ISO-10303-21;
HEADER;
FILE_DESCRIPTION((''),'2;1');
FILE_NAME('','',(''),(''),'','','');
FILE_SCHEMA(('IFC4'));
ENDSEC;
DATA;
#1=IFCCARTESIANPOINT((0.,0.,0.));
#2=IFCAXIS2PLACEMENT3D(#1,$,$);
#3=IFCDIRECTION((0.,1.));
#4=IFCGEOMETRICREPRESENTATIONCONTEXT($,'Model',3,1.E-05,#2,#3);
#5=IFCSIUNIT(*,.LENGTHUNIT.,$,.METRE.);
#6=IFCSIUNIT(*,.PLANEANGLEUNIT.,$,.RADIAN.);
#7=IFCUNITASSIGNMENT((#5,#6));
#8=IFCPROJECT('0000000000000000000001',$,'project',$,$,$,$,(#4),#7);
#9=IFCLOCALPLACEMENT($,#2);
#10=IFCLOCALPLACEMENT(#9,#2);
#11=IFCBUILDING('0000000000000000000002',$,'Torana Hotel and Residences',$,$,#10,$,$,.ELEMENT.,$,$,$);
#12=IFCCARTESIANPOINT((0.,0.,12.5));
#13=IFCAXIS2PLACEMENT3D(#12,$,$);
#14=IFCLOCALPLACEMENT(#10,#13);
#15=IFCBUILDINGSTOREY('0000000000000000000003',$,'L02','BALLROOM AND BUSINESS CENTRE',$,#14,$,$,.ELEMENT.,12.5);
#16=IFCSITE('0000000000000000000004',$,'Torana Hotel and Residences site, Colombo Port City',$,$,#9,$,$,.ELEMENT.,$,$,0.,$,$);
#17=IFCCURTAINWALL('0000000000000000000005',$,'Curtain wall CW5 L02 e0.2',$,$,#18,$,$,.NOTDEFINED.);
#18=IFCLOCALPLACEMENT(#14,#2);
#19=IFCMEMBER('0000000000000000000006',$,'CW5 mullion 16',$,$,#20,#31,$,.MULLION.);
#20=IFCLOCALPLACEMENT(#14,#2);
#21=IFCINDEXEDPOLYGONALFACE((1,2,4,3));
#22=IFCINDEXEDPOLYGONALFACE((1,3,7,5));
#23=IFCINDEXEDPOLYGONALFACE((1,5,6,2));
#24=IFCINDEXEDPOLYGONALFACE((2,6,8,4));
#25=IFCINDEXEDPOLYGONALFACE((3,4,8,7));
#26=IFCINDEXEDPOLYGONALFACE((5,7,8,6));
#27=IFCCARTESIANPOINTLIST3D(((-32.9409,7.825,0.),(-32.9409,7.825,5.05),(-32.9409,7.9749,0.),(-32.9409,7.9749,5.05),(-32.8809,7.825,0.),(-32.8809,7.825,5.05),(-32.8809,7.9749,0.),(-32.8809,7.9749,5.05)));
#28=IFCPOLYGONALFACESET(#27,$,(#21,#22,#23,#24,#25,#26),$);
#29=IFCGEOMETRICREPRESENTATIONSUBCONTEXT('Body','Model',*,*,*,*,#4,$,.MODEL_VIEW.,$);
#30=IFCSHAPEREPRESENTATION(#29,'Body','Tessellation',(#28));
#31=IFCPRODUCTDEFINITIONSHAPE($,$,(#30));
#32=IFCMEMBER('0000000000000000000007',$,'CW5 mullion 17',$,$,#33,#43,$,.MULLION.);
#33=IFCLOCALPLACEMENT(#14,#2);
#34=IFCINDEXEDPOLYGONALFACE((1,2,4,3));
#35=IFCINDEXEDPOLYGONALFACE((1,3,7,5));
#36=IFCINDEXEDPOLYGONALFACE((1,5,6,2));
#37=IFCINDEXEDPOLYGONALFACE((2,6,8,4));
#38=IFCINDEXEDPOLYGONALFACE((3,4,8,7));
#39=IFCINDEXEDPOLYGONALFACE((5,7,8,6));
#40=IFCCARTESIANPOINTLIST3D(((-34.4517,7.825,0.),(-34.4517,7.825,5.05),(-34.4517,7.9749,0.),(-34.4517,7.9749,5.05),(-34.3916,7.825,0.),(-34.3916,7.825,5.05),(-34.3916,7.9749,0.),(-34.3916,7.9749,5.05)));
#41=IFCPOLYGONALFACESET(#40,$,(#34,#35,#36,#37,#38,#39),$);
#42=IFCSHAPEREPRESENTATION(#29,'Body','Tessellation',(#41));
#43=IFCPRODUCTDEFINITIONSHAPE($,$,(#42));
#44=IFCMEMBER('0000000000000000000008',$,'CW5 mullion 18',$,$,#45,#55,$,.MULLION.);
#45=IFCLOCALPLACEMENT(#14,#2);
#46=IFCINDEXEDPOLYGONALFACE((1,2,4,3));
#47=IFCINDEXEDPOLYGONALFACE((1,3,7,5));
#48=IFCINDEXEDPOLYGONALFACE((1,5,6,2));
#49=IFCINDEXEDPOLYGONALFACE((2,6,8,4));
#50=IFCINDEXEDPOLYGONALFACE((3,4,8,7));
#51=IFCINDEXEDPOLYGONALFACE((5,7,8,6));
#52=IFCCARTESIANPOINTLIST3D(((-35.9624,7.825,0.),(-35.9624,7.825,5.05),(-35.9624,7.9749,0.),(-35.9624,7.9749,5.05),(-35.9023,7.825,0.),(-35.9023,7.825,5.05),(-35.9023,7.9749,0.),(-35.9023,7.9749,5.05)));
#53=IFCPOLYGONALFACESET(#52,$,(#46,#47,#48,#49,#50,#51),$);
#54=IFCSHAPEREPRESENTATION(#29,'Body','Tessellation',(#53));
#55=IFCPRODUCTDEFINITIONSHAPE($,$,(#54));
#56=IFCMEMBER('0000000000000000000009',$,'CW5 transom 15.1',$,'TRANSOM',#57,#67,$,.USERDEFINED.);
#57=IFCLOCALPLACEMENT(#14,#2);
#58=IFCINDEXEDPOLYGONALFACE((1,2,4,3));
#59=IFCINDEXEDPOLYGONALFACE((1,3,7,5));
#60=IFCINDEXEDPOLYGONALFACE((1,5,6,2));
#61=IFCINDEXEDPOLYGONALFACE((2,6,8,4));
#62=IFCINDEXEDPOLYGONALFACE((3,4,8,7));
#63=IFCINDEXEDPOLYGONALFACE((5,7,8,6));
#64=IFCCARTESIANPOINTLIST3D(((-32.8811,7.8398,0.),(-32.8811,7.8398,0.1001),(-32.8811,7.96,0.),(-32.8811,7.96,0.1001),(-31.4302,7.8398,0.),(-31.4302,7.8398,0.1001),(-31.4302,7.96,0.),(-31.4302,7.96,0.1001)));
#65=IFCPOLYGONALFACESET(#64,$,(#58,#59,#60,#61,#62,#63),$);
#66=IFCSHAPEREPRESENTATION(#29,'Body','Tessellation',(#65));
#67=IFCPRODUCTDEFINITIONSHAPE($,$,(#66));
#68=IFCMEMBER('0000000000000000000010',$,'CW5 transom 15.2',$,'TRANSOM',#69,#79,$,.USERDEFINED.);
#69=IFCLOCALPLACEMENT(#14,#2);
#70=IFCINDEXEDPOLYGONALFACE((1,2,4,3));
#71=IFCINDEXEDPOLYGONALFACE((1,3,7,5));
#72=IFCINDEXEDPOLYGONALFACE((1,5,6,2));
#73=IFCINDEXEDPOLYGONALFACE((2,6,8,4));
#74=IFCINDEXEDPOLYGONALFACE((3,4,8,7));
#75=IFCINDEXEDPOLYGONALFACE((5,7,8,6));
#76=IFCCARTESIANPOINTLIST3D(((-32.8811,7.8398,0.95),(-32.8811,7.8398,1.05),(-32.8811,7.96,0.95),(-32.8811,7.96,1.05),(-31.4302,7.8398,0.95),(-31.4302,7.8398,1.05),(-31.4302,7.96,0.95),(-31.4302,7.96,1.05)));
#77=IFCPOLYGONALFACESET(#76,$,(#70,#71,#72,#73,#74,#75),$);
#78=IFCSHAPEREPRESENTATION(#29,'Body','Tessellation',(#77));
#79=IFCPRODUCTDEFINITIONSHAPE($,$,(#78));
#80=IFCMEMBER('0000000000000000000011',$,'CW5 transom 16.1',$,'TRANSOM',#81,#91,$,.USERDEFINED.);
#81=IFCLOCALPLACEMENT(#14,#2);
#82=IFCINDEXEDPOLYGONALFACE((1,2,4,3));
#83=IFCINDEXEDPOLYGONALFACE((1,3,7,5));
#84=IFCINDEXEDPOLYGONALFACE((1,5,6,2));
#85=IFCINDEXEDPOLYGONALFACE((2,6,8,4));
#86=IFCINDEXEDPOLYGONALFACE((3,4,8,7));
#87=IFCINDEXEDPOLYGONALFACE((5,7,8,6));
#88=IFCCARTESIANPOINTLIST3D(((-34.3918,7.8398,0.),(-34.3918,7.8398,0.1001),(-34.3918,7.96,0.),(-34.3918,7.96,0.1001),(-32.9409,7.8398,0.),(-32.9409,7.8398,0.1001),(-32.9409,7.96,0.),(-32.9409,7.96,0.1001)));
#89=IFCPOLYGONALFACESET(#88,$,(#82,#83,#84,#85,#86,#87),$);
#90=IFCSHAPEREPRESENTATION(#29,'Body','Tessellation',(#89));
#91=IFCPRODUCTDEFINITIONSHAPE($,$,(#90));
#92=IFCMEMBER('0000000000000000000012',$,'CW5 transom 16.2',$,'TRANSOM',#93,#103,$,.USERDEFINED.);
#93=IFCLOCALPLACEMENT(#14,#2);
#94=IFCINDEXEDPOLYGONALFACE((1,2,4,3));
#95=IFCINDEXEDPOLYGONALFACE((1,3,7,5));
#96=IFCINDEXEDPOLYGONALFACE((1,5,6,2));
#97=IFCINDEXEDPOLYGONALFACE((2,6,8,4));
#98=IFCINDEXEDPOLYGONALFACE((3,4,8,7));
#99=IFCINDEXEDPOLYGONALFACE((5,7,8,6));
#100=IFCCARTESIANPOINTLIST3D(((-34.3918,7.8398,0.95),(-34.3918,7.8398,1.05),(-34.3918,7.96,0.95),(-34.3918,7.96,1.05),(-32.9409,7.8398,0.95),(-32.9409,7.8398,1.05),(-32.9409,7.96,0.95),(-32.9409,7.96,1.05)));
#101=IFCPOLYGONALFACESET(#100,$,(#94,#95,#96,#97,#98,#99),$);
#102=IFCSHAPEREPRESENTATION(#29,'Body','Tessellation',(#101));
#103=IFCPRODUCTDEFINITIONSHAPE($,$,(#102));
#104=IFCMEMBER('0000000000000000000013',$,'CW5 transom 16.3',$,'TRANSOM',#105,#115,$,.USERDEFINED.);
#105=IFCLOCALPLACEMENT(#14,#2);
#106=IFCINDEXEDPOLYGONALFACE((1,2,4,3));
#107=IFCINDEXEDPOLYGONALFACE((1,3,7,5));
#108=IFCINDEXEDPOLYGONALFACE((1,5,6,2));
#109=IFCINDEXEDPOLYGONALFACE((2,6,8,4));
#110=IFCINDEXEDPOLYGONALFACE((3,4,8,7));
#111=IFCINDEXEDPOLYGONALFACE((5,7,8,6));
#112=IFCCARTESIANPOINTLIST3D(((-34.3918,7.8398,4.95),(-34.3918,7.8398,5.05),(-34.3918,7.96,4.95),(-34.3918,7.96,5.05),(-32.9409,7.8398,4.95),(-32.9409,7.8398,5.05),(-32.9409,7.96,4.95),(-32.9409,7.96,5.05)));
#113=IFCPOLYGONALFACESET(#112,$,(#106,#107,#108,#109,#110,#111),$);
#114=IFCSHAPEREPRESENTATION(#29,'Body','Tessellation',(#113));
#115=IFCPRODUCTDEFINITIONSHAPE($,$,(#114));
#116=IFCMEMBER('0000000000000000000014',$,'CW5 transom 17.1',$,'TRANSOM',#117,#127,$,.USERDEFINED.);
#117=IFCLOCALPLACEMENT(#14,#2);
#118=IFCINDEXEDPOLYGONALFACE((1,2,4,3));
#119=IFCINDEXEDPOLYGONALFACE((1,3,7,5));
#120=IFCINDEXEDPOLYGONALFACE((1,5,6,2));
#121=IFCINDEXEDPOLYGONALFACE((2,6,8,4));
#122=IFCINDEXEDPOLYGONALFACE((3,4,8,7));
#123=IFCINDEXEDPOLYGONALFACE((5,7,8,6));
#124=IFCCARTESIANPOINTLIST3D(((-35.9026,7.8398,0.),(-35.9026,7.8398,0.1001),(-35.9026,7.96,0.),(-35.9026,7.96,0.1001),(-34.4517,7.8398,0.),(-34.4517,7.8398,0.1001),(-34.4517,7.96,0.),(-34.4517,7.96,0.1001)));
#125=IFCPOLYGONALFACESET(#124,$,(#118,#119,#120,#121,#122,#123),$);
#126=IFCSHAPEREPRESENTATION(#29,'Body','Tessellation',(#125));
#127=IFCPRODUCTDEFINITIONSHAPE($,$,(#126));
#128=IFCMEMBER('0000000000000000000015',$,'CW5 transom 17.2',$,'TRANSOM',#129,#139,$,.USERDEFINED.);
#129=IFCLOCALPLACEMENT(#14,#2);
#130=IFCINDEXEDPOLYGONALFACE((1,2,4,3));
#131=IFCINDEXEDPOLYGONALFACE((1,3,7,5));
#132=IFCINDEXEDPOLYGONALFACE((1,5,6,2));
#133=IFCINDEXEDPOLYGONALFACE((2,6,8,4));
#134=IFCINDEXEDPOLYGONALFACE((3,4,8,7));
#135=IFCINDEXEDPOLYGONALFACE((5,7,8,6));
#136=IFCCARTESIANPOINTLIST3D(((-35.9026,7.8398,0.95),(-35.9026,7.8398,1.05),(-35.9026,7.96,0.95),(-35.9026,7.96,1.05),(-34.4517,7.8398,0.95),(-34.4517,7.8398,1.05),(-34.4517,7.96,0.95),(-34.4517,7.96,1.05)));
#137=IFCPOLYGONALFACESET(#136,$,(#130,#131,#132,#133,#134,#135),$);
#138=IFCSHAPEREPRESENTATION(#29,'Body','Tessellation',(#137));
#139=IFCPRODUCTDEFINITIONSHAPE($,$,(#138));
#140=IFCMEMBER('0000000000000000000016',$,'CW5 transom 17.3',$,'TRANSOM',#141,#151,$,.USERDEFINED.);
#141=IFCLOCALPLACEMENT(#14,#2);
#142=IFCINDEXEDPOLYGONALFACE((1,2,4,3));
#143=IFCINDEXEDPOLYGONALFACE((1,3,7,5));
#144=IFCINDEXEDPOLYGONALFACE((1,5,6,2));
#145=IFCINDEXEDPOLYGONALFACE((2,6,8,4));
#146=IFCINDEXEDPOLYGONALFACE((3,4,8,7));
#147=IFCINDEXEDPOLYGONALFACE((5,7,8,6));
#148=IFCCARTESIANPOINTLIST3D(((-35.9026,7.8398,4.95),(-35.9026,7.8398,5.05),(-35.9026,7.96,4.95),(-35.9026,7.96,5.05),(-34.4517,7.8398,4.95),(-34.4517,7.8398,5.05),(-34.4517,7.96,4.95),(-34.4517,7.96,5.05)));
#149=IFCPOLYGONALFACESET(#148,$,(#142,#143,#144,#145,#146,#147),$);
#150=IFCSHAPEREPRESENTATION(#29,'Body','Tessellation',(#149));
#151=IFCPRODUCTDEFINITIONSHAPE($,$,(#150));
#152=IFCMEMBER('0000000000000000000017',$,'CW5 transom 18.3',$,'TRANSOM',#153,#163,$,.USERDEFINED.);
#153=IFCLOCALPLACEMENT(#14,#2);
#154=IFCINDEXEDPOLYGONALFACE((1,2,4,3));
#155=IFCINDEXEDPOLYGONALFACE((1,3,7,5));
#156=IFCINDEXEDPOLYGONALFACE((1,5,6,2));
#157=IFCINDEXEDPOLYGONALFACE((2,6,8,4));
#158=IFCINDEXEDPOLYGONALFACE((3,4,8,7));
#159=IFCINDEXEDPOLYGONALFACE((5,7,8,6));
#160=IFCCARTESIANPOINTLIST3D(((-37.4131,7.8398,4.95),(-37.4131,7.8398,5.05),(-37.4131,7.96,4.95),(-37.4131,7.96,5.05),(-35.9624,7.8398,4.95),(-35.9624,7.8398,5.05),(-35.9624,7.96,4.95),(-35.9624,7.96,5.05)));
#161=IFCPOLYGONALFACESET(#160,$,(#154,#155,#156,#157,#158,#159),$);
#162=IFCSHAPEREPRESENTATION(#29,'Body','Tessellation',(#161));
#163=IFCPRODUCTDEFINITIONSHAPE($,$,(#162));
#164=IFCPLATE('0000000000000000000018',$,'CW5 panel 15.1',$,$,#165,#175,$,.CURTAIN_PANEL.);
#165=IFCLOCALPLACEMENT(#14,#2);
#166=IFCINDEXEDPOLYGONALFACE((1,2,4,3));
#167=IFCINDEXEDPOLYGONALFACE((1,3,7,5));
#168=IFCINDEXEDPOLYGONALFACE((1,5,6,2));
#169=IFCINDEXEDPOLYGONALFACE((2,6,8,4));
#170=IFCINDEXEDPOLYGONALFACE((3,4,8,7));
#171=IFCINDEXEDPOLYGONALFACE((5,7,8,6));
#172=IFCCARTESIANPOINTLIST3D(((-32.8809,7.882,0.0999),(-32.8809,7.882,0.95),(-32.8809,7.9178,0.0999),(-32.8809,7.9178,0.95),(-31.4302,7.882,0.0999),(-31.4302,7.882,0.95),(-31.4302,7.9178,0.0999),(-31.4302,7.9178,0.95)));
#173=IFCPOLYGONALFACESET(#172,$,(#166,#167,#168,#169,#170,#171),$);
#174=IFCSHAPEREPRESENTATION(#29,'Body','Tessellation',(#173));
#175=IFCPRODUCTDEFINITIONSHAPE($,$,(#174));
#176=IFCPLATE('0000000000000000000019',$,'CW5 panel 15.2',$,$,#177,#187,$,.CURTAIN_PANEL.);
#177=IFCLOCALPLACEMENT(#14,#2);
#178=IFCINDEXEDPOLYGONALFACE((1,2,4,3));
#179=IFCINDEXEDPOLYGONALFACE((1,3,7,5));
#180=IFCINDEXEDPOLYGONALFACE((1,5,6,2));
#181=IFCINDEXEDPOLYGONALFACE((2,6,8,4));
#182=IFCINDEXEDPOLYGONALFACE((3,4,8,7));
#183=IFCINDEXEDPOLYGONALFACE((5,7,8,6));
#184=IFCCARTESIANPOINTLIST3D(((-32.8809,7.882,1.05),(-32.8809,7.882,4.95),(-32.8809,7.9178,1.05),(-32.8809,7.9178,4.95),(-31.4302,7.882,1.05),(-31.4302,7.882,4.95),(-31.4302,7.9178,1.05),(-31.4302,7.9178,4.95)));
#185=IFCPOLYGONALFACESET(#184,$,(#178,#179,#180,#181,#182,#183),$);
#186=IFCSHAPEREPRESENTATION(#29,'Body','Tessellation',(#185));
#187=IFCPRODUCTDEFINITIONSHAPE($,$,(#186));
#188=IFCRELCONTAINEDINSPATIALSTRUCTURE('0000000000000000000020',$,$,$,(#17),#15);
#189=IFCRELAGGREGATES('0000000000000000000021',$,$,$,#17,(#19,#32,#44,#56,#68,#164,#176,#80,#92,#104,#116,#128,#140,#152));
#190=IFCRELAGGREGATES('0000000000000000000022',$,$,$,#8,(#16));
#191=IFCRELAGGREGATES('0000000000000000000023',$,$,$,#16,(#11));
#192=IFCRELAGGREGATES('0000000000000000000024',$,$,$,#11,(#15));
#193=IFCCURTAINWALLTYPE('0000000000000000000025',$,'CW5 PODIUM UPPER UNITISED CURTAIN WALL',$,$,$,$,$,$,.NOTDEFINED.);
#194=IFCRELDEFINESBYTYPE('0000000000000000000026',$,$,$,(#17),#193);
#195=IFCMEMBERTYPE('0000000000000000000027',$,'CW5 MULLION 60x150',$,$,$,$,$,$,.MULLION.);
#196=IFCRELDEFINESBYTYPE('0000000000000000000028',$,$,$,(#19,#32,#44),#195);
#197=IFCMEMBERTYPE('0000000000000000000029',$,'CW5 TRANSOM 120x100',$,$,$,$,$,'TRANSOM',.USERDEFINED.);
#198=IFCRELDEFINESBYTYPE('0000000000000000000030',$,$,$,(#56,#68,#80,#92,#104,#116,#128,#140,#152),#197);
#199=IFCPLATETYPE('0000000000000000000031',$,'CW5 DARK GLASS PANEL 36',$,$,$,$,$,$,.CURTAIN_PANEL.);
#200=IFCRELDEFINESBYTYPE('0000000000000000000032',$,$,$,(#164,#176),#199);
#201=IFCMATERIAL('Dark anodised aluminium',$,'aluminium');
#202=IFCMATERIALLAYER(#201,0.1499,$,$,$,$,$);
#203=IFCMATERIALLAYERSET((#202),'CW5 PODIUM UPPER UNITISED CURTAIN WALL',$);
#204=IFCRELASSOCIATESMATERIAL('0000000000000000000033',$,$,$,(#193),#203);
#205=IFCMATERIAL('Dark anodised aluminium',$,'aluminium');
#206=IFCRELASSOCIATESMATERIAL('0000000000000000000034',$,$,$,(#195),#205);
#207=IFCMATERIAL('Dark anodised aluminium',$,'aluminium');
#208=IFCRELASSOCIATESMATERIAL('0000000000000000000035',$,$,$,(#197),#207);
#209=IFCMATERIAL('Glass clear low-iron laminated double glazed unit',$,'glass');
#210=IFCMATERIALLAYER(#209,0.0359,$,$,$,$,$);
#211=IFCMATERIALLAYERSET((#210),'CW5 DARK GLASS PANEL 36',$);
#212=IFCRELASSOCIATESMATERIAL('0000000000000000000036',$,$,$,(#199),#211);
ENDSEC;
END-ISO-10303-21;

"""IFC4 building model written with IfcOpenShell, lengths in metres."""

from ifc_helpers import new_model, si_unit, direction, frame, origin, origin_2d, place, context, subcontext, project, spatial, rectangle, extrude, material, layer, layer_set, material_profile, profile_set, type_object, element, aggregate, save


model = new_model("IFC4")

# Units and contexts
model_context = context("Model", 3, precision=1e-05, world=origin(), true_north=direction((0.0, 1.0)))
body_context = subcontext(model_context, "Body", "Model", "MODEL_VIEW")
ifc_project = project(units=[si_unit("LENGTHUNIT", "METRE"), si_unit("PLANEANGLEUNIT", "RADIAN")], contexts=[model_context])

# Site, building, storey
site_placement = place(None, origin())
site = spatial("IfcSite", under=ifc_project, at=site_placement, Name="Torana Hotel and Residences site, Colombo Port City", CompositionType="ELEMENT", RefElevation=0.0)
building_placement = place(site_placement, origin())
building = spatial("IfcBuilding", under=site, at=building_placement, Name="Torana Hotel and Residences", CompositionType="ELEMENT")
storey_placement = place(building_placement, frame((0.0, 0.0, 12.5)))
storey = spatial("IfcBuildingStorey", under=building, at=storey_placement, Name="L02", Description="BALLROOM AND BUSINESS CENTRE", CompositionType="ELEMENT", Elevation=12.5)

# Curtain wall, members, plates
ifc_material_1 = material(Name="Dark anodised aluminium", Category="aluminium")
ifc_layer_1 = layer(ifc_material_1, 0.1499)
ifc_layer_set_1 = layer_set([ifc_layer_1], Name="CW5 PODIUM UPPER UNITISED CURTAIN WALL")
curtain_wall_type = type_object("IfcCurtainWallType", Name="CW5 PODIUM UPPER UNITISED CURTAIN WALL", PredefinedType="NOTDEFINED", material=ifc_layer_set_1)
curtain_wall_placement = place(storey_placement, origin())
curtain_wall = element("IfcCurtainWall", 1, at=curtain_wall_placement, inside=storey, type_object=curtain_wall_type, Name="Curtain wall CW5 L02 e0.2", PredefinedType="NOTDEFINED")
ifc_material_2 = material(Name="Dark anodised aluminium", Category="aluminium")
ifc_material_profile_1 = material_profile(ifc_material_2, rectangle(XDim=0.1499, YDim=0.0601, at=origin_2d()), Name="CW5 MULLION 60x150")
ifc_profile_set_1 = profile_set([ifc_material_profile_1], Name="Dark anodised aluminium")
member_type_1 = type_object("IfcMemberType", Name="CW5 MULLION 60x150", PredefinedType="MULLION", material=ifc_profile_set_1)
member_1_placement = place(storey_placement, frame((-32.9109, 7.8999, 0.0), z_axis=(0.0, 0.0, 1.0), x_axis=(0.0, -1.0, 0.0)))
member_1 = element("IfcMember", 2, at=member_1_placement, type_object=member_type_1, Name="CW5 mullion 16", PredefinedType="MULLION", context=body_context, shape_type="SweptSolid", body=[
    extrude(rectangle(XDim=0.1499, YDim=0.0601, at=origin_2d()), origin(), (0.0, 0.0, 1.0), 5.05),
])
member_2_placement = place(storey_placement, frame((-34.4216, 7.8999, 0.0), z_axis=(0.0, 0.0, 1.0), x_axis=(0.0, -1.0, 0.0)))
member_2 = element("IfcMember", 3, at=member_2_placement, type_object=member_type_1, Name="CW5 mullion 17", PredefinedType="MULLION", context=body_context, shape_type="SweptSolid", body=[
    extrude(rectangle(XDim=0.1499, YDim=0.0601, at=origin_2d()), origin(), (0.0, 0.0, 1.0), 5.05),
])
member_3_placement = place(storey_placement, frame((-35.9324, 7.8999, 0.0), z_axis=(0.0, 0.0, 1.0), x_axis=(0.0, -1.0, 0.0)))
member_3 = element("IfcMember", 4, at=member_3_placement, type_object=member_type_1, Name="CW5 mullion 18", PredefinedType="MULLION", context=body_context, shape_type="SweptSolid", body=[
    extrude(rectangle(XDim=0.1499, YDim=0.0601, at=origin_2d()), origin(), (0.0, 0.0, 1.0), 5.05),
])
ifc_material_3 = material(Name="Dark anodised aluminium", Category="aluminium")
ifc_material_profile_2 = material_profile(ifc_material_3, rectangle(XDim=0.1201, YDim=0.1001, at=origin_2d()), Name="CW5 TRANSOM 120x100")
ifc_profile_set_2 = profile_set([ifc_material_profile_2], Name="Dark anodised aluminium")
member_type_2 = type_object("IfcMemberType", Name="CW5 TRANSOM 120x100", ElementType="TRANSOM", PredefinedType="USERDEFINED", material=ifc_profile_set_2)
member_4_placement = place(storey_placement, frame((-31.4302, 7.8999, 0.05), z_axis=(-1.0, 0.0, 0.0), x_axis=(0.0, -1.0, 0.0)))
member_4 = element("IfcMember", 5, at=member_4_placement, type_object=member_type_2, Name="CW5 transom 15.1", ObjectType="TRANSOM", PredefinedType="USERDEFINED", context=body_context, shape_type="SweptSolid", body=[
    extrude(rectangle(XDim=0.1201, YDim=0.1001, at=origin_2d()), origin(), (0.0, 0.0, 1.0), 1.4509),
])
member_5_placement = place(storey_placement, frame((-31.4302, 7.8999, 1.0), z_axis=(-1.0, 0.0, 0.0), x_axis=(0.0, -1.0, 0.0)))
member_5 = element("IfcMember", 6, at=member_5_placement, type_object=member_type_2, Name="CW5 transom 15.2", ObjectType="TRANSOM", PredefinedType="USERDEFINED", context=body_context, shape_type="SweptSolid", body=[
    extrude(rectangle(XDim=0.1201, YDim=0.1001, at=origin_2d()), origin(), (0.0, 0.0, 1.0), 1.4509),
])
member_6_placement = place(storey_placement, frame((-32.9409, 7.8999, 0.05), z_axis=(-1.0, 0.0, 0.0), x_axis=(0.0, -1.0, 0.0)))
member_6 = element("IfcMember", 7, at=member_6_placement, type_object=member_type_2, Name="CW5 transom 16.1", ObjectType="TRANSOM", PredefinedType="USERDEFINED", context=body_context, shape_type="SweptSolid", body=[
    extrude(rectangle(XDim=0.1201, YDim=0.1001, at=origin_2d()), origin(), (0.0, 0.0, 1.0), 1.4509),
])
member_7_placement = place(storey_placement, frame((-32.9409, 7.8999, 1.0), z_axis=(-1.0, 0.0, 0.0), x_axis=(0.0, -1.0, 0.0)))
member_7 = element("IfcMember", 8, at=member_7_placement, type_object=member_type_2, Name="CW5 transom 16.2", ObjectType="TRANSOM", PredefinedType="USERDEFINED", context=body_context, shape_type="SweptSolid", body=[
    extrude(rectangle(XDim=0.1201, YDim=0.1001, at=origin_2d()), origin(), (0.0, 0.0, 1.0), 1.4509),
])
member_8_placement = place(storey_placement, frame((-32.9409, 7.8999, 5.0), z_axis=(-1.0, 0.0, 0.0), x_axis=(0.0, -1.0, 0.0)))
member_8 = element("IfcMember", 9, at=member_8_placement, type_object=member_type_2, Name="CW5 transom 16.3", ObjectType="TRANSOM", PredefinedType="USERDEFINED", context=body_context, shape_type="SweptSolid", body=[
    extrude(rectangle(XDim=0.1201, YDim=0.1001, at=origin_2d()), origin(), (0.0, 0.0, 1.0), 1.4509),
])
member_9_placement = place(storey_placement, frame((-34.4517, 7.8999, 0.05), z_axis=(-1.0, 0.0, 0.0), x_axis=(0.0, -1.0, 0.0)))
member_9 = element("IfcMember", 10, at=member_9_placement, type_object=member_type_2, Name="CW5 transom 17.1", ObjectType="TRANSOM", PredefinedType="USERDEFINED", context=body_context, shape_type="SweptSolid", body=[
    extrude(rectangle(XDim=0.1201, YDim=0.1001, at=origin_2d()), origin(), (0.0, 0.0, 1.0), 1.4509),
])
member_10_placement = place(storey_placement, frame((-34.4517, 7.8999, 1.0), z_axis=(-1.0, 0.0, 0.0), x_axis=(0.0, -1.0, 0.0)))
member_10 = element("IfcMember", 11, at=member_10_placement, type_object=member_type_2, Name="CW5 transom 17.2", ObjectType="TRANSOM", PredefinedType="USERDEFINED", context=body_context, shape_type="SweptSolid", body=[
    extrude(rectangle(XDim=0.1201, YDim=0.1001, at=origin_2d()), origin(), (0.0, 0.0, 1.0), 1.4509),
])
member_11_placement = place(storey_placement, frame((-34.4517, 7.8999, 5.0), z_axis=(-1.0, 0.0, 0.0), x_axis=(0.0, -1.0, 0.0)))
member_11 = element("IfcMember", 12, at=member_11_placement, type_object=member_type_2, Name="CW5 transom 17.3", ObjectType="TRANSOM", PredefinedType="USERDEFINED", context=body_context, shape_type="SweptSolid", body=[
    extrude(rectangle(XDim=0.1201, YDim=0.1001, at=origin_2d()), origin(), (0.0, 0.0, 1.0), 1.4509),
])
member_12_placement = place(storey_placement, frame((-35.9624, 7.8999, 5.0), z_axis=(-1.0, 0.0, 0.0), x_axis=(0.0, -1.0, 0.0)))
member_12 = element("IfcMember", 13, at=member_12_placement, type_object=member_type_2, Name="CW5 transom 18.3", ObjectType="TRANSOM", PredefinedType="USERDEFINED", context=body_context, shape_type="SweptSolid", body=[
    extrude(rectangle(XDim=0.1201, YDim=0.1001, at=origin_2d()), origin(), (0.0, 0.0, 1.0), 1.4507),
])
ifc_material_4 = material(Name="Glass clear low-iron laminated double glazed unit", Category="glass")
ifc_layer_2 = layer(ifc_material_4, 0.0359)
ifc_layer_set_2 = layer_set([ifc_layer_2], Name="CW5 DARK GLASS PANEL 36")
plate_type = type_object("IfcPlateType", Name="CW5 DARK GLASS PANEL 36", PredefinedType="CURTAIN_PANEL", material=ifc_layer_set_2)
plate_1_placement = place(storey_placement, frame((-32.1555, 7.8999, 0.0999), z_axis=(0.0, 0.0, 1.0), x_axis=(-1.0, 0.0, 0.0)))
plate_1 = element("IfcPlate", 14, at=plate_1_placement, type_object=plate_type, Name="CW5 panel 15.1", PredefinedType="CURTAIN_PANEL", context=body_context, shape_type="SweptSolid", body=[
    extrude(rectangle(XDim=1.4507, YDim=0.0359, at=origin_2d()), origin(), (0.0, 0.0, 1.0), 0.8501),
])
plate_2_placement = place(storey_placement, frame((-32.1555, 7.8999, 1.05), z_axis=(0.0, 0.0, 1.0), x_axis=(-1.0, 0.0, 0.0)))
plate_2 = element("IfcPlate", 15, at=plate_2_placement, type_object=plate_type, Name="CW5 panel 15.2", PredefinedType="CURTAIN_PANEL", context=body_context, shape_type="SweptSolid", body=[
    extrude(rectangle(XDim=1.4507, YDim=0.0359, at=origin_2d()), origin(), (0.0, 0.0, 1.0), 3.8999),
])
aggregate(curtain_wall, [member_1, member_2, member_3, member_4, member_5, plate_1, plate_2, member_6, member_7, member_8, member_9, member_10, member_11, member_12])

save(model, "model.ifc")
